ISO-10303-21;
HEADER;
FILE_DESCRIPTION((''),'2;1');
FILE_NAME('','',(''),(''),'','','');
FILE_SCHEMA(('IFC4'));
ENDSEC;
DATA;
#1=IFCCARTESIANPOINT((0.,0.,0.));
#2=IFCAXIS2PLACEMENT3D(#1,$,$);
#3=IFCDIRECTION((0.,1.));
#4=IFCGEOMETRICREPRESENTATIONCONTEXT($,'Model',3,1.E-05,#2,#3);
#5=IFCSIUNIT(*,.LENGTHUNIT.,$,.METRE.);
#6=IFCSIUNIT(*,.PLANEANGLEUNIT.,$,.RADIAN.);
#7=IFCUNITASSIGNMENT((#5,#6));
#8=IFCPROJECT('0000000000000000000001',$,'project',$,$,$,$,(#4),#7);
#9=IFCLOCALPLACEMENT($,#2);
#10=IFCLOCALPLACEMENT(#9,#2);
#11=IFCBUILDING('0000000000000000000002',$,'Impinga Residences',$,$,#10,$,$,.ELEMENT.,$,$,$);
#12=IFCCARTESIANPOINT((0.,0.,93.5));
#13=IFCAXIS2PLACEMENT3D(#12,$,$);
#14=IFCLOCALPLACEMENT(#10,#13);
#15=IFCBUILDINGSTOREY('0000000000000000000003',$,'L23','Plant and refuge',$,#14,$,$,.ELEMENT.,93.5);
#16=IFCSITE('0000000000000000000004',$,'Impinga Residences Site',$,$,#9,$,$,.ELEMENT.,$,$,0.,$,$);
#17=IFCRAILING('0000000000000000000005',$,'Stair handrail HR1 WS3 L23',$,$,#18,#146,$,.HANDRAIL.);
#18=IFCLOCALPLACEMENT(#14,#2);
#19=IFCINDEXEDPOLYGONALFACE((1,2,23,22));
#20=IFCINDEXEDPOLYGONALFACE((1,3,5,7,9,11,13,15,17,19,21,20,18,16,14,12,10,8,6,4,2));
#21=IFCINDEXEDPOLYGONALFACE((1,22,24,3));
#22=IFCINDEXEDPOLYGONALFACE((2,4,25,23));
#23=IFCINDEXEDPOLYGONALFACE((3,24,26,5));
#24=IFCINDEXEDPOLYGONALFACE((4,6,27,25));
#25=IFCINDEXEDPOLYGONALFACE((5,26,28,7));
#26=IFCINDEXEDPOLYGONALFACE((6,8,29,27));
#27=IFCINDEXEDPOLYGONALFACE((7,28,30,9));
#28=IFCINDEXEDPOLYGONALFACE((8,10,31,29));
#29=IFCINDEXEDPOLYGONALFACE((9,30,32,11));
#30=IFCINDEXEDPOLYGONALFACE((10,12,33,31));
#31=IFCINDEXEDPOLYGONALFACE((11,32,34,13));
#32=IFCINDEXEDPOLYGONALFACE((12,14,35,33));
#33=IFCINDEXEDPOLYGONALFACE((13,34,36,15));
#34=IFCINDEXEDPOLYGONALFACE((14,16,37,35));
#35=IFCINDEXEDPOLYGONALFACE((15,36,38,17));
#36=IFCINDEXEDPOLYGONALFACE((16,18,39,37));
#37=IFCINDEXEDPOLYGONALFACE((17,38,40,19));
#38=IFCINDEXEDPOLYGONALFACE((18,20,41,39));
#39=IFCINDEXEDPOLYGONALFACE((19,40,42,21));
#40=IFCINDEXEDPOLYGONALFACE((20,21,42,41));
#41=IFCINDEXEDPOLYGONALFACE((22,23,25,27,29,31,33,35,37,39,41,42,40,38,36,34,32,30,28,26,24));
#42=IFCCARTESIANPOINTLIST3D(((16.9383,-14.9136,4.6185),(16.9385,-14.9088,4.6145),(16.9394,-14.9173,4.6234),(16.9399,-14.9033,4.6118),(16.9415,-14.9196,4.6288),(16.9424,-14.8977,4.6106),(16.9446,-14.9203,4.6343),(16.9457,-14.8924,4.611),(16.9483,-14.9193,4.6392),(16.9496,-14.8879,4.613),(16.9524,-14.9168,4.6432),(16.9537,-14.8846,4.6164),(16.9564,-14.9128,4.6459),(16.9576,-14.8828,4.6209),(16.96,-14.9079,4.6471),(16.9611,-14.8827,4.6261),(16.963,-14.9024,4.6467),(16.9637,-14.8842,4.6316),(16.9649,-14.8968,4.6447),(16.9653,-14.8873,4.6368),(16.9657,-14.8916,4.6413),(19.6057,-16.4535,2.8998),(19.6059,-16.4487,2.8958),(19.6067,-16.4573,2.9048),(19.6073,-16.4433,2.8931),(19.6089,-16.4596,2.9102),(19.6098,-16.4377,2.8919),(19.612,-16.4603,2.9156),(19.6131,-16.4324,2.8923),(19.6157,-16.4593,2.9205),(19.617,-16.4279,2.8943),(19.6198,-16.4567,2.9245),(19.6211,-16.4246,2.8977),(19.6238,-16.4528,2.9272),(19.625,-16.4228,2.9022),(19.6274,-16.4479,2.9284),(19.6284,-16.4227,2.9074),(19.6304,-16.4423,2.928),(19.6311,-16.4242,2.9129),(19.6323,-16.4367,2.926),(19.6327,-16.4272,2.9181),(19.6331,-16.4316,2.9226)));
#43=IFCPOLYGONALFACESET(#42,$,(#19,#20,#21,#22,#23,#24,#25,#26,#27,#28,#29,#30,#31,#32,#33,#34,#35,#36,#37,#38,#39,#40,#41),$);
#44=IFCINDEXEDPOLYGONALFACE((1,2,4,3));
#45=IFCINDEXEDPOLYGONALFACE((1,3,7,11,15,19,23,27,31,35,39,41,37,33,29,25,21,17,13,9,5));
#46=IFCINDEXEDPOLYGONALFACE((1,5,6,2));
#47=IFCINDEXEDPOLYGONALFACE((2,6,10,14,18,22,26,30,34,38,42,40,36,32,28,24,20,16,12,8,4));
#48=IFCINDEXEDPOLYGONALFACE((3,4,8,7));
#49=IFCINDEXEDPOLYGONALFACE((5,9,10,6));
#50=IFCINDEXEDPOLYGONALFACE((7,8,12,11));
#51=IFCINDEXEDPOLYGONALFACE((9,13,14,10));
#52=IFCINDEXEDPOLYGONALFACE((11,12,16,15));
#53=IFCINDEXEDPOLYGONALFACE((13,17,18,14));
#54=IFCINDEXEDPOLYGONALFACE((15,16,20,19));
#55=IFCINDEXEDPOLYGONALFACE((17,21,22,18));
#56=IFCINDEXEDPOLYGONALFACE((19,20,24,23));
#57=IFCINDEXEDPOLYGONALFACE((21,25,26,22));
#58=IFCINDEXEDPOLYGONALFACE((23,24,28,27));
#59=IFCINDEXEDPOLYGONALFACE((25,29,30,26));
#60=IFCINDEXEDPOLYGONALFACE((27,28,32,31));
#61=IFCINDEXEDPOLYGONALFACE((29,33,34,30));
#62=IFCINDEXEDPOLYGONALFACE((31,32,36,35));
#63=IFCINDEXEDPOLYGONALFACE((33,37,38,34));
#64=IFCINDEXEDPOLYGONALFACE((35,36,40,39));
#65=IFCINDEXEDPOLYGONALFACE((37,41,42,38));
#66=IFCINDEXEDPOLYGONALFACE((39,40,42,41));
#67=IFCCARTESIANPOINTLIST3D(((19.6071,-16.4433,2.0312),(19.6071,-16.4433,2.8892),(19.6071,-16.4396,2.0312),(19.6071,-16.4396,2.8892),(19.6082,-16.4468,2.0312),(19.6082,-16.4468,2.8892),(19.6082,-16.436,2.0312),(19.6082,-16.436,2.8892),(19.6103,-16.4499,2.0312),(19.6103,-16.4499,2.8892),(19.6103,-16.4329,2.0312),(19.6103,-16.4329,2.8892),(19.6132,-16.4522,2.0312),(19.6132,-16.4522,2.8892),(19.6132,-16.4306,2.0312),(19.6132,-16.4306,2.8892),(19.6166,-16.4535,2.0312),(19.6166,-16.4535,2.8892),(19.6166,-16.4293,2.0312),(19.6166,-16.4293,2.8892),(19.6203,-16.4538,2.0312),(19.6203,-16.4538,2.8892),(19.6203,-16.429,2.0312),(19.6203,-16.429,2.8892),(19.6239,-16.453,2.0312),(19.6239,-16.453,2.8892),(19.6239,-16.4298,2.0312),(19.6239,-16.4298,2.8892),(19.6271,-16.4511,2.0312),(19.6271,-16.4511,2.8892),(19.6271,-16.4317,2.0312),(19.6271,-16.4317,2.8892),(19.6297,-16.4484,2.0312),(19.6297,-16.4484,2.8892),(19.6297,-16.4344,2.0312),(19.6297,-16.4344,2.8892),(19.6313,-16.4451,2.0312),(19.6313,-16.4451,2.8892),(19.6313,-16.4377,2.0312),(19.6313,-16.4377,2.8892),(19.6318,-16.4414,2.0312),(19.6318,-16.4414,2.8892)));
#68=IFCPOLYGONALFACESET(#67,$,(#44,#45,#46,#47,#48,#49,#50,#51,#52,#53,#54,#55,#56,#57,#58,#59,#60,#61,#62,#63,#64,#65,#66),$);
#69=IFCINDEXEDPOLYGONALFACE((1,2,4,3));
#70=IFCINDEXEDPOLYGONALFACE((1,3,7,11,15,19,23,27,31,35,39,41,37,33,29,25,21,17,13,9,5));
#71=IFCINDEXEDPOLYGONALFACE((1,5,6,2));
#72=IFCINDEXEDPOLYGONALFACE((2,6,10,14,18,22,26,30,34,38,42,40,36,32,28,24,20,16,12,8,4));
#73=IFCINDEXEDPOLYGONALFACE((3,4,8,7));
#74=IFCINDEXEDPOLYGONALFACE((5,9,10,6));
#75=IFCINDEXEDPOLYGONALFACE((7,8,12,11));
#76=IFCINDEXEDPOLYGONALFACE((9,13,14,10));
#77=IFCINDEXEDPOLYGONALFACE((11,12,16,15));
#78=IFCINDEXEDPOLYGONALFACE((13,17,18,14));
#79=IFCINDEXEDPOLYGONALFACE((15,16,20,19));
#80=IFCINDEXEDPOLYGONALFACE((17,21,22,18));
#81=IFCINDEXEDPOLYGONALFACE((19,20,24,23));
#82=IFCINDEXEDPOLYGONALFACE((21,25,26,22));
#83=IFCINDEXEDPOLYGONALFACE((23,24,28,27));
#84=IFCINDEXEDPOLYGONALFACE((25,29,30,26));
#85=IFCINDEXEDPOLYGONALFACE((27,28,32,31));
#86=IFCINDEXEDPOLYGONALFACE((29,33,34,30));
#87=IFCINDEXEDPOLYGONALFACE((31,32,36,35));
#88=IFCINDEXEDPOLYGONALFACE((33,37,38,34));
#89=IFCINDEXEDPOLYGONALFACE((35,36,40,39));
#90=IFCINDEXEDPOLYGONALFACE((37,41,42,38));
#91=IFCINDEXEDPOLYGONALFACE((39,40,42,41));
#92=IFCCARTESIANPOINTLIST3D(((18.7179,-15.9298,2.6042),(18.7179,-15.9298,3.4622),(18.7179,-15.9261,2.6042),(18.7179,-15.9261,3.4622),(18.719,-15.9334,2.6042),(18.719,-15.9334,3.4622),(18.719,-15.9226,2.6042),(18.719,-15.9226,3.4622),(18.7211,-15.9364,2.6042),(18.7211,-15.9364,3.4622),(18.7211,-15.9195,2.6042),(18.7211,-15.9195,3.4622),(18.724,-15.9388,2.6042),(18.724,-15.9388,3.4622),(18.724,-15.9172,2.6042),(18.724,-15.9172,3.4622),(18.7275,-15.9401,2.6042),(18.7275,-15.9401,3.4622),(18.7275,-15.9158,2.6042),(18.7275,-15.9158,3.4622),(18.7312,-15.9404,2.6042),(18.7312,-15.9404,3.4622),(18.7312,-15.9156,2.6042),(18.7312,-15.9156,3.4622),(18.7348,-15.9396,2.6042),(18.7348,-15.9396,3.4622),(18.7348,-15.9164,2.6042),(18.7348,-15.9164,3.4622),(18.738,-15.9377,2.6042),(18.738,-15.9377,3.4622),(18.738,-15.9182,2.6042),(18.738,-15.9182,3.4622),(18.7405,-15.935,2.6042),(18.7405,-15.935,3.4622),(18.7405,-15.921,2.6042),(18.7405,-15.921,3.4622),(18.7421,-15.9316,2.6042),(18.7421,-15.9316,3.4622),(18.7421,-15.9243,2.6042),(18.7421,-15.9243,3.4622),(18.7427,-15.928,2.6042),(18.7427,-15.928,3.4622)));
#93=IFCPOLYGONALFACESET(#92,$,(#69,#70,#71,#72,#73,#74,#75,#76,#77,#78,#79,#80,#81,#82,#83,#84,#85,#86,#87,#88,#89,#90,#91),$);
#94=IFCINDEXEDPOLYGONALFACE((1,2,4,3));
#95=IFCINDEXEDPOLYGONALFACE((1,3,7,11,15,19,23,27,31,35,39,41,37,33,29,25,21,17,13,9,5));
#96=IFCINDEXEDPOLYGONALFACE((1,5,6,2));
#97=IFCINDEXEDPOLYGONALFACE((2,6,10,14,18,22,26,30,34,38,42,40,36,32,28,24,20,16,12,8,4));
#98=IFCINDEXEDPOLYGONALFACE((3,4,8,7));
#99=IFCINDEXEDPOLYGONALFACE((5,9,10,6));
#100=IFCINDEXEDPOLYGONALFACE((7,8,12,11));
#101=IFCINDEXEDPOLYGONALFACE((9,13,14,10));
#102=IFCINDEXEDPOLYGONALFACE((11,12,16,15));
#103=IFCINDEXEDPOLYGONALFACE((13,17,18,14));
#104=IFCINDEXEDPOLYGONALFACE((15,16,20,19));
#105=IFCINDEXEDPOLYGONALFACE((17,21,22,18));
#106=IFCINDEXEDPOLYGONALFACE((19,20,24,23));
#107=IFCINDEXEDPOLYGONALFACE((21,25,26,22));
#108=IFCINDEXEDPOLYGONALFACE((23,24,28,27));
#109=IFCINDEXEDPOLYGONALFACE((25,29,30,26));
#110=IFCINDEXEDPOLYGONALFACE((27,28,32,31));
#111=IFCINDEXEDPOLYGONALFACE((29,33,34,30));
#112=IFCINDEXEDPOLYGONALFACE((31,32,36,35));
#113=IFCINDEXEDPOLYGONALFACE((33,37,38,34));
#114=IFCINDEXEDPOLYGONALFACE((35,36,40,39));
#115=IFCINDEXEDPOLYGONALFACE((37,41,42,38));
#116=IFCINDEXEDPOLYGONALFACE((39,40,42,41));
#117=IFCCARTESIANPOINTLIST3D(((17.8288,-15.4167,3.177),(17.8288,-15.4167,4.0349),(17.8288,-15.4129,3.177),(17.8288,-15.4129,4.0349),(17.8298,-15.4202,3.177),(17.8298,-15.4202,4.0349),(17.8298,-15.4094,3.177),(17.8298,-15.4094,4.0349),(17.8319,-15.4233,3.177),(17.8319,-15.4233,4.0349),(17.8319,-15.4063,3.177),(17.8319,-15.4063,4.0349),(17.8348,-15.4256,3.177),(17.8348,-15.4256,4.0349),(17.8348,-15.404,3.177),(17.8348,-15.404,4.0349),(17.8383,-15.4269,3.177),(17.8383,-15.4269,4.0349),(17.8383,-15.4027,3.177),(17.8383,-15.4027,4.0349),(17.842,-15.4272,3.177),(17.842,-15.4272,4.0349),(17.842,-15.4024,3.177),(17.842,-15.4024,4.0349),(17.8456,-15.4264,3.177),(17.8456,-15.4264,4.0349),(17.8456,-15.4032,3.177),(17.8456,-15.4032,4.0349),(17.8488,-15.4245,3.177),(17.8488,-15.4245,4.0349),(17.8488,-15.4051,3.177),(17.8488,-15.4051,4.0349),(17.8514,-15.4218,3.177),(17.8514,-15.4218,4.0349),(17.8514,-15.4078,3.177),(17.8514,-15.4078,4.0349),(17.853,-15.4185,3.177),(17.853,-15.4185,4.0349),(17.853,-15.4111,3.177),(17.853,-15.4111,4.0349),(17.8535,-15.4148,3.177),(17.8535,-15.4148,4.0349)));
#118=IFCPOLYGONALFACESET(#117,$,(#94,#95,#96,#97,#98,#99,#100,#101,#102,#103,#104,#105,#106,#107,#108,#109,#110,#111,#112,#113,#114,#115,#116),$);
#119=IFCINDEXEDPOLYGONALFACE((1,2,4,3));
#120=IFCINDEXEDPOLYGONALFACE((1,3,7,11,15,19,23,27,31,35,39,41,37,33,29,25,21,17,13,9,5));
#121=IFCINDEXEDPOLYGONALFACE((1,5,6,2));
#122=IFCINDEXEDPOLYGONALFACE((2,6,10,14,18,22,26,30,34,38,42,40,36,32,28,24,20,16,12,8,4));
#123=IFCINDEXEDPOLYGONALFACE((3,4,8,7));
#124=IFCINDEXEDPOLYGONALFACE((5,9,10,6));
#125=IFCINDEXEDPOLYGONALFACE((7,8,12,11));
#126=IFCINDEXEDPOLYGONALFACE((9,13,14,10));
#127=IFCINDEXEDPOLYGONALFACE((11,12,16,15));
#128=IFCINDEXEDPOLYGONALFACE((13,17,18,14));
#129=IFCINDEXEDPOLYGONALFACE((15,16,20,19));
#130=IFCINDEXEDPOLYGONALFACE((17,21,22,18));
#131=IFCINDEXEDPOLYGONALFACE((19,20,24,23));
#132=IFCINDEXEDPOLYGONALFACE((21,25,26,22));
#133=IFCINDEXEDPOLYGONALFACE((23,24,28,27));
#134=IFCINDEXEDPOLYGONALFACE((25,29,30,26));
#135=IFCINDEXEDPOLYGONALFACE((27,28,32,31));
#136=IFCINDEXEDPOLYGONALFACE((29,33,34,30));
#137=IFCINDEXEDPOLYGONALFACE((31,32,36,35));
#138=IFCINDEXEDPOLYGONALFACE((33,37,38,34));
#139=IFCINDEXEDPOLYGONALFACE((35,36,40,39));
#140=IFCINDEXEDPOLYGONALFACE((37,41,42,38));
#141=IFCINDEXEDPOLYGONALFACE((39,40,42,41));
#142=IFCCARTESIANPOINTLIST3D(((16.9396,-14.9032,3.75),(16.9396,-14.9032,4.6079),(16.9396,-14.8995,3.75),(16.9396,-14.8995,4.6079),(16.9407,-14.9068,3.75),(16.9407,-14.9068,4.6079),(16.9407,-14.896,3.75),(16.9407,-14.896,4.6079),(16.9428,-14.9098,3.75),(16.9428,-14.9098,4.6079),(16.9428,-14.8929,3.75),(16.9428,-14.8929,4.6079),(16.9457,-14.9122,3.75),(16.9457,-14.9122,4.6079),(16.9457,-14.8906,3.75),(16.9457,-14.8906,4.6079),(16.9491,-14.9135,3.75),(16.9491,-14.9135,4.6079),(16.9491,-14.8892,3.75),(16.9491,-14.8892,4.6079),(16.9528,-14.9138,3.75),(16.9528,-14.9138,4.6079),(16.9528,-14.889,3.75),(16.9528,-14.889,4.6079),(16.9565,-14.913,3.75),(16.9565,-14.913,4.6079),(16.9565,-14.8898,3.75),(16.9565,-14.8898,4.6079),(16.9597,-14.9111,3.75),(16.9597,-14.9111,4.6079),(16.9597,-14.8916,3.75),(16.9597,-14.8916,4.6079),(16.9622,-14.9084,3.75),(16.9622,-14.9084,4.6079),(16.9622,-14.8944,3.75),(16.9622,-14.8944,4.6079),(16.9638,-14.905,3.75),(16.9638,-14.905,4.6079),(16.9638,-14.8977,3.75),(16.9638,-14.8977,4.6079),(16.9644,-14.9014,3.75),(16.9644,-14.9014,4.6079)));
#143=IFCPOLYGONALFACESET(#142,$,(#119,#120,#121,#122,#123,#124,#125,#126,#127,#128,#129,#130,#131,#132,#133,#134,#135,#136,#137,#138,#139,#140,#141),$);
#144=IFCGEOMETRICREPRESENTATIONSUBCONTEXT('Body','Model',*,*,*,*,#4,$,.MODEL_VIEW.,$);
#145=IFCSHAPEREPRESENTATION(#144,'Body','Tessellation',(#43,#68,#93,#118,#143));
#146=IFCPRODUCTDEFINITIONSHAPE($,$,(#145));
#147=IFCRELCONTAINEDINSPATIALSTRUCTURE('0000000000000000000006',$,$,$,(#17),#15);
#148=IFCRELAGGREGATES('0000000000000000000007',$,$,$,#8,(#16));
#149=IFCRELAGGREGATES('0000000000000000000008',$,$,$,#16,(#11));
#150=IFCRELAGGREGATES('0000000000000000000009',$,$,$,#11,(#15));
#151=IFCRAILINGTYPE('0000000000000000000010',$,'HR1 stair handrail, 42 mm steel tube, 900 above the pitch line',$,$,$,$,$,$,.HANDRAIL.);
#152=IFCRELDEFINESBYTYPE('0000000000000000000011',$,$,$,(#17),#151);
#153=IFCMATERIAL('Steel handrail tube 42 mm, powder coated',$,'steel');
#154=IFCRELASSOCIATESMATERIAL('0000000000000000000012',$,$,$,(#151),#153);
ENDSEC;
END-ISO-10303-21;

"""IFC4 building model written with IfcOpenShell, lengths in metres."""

from ifc_helpers import new_model, si_unit, direction, frame, origin, origin_2d, place, context, subcontext, project, spatial, circle, extrude, material, type_object, element, save


model = new_model("IFC4")

# Units and contexts
model_context = context("Model", 3, precision=1e-05, world=origin(), true_north=direction((0.0, 1.0)))
body_context = subcontext(model_context, "Body", "Model", "MODEL_VIEW")
ifc_project = project(units=[si_unit("LENGTHUNIT", "METRE"), si_unit("PLANEANGLEUNIT", "RADIAN")], contexts=[model_context])

# Site, building, storey
site_placement = place(None, origin())
site = spatial("IfcSite", under=ifc_project, at=site_placement, Name="Impinga Residences Site", CompositionType="ELEMENT", RefElevation=0.0)
building_placement = place(site_placement, origin())
building = spatial("IfcBuilding", under=site, at=building_placement, Name="Impinga Residences", CompositionType="ELEMENT")
storey_placement = place(building_placement, frame((0.0, 0.0, 93.5)))
storey = spatial("IfcBuildingStorey", under=building, at=storey_placement, Name="L23", Description="Plant and refuge", CompositionType="ELEMENT", Elevation=93.5)

# Railing
ifc_material_1 = material(Name="Steel handrail tube 42 mm, powder coated", Category="steel")
railing_type_1 = type_object("IfcRailingType", Name="HR1 stair handrail, 42 mm steel tube, 900 above the pitch line", PredefinedType="HANDRAIL", material=ifc_material_1)
railing_1_placement = place(storey_placement, frame((19.6194, -16.4414, 2.0312)))
element("IfcRailing", 1, at=railing_1_placement, inside=storey, type_object=railing_type_1, Name="Stair handrail HR1 WS3 L23", PredefinedType="HANDRAIL", context=body_context, shape_type="SweptSolid", body=[
    extrude(circle(Radius=0.021, at=origin_2d()), frame((0.0, 0.0, 0.8789), z_axis=(-0.756256, 0.436616, 0.487282), x_axis=(-0.499992, -0.86603, 0.0)), (0.0, 0.0, 1.0), 3.5271),
    extrude(circle(Radius=0.0125, at=origin_2d()), origin(), (0.0, 0.0, 1.0), 0.8579),
    extrude(circle(Radius=0.0125, at=origin_2d()), frame((-0.8892, 0.5134, 0.573)), (0.0, 0.0, 1.0), 0.8579),
    extrude(circle(Radius=0.0125, at=origin_2d()), frame((-1.7783, 1.0266, 1.1458)), (0.0, 0.0, 1.0), 0.8579),
    extrude(circle(Radius=0.0125, at=origin_2d()), frame((-2.6675, 1.54, 1.7188)), (0.0, 0.0, 1.0), 0.8579),
])

save(model, "model.ifc")
